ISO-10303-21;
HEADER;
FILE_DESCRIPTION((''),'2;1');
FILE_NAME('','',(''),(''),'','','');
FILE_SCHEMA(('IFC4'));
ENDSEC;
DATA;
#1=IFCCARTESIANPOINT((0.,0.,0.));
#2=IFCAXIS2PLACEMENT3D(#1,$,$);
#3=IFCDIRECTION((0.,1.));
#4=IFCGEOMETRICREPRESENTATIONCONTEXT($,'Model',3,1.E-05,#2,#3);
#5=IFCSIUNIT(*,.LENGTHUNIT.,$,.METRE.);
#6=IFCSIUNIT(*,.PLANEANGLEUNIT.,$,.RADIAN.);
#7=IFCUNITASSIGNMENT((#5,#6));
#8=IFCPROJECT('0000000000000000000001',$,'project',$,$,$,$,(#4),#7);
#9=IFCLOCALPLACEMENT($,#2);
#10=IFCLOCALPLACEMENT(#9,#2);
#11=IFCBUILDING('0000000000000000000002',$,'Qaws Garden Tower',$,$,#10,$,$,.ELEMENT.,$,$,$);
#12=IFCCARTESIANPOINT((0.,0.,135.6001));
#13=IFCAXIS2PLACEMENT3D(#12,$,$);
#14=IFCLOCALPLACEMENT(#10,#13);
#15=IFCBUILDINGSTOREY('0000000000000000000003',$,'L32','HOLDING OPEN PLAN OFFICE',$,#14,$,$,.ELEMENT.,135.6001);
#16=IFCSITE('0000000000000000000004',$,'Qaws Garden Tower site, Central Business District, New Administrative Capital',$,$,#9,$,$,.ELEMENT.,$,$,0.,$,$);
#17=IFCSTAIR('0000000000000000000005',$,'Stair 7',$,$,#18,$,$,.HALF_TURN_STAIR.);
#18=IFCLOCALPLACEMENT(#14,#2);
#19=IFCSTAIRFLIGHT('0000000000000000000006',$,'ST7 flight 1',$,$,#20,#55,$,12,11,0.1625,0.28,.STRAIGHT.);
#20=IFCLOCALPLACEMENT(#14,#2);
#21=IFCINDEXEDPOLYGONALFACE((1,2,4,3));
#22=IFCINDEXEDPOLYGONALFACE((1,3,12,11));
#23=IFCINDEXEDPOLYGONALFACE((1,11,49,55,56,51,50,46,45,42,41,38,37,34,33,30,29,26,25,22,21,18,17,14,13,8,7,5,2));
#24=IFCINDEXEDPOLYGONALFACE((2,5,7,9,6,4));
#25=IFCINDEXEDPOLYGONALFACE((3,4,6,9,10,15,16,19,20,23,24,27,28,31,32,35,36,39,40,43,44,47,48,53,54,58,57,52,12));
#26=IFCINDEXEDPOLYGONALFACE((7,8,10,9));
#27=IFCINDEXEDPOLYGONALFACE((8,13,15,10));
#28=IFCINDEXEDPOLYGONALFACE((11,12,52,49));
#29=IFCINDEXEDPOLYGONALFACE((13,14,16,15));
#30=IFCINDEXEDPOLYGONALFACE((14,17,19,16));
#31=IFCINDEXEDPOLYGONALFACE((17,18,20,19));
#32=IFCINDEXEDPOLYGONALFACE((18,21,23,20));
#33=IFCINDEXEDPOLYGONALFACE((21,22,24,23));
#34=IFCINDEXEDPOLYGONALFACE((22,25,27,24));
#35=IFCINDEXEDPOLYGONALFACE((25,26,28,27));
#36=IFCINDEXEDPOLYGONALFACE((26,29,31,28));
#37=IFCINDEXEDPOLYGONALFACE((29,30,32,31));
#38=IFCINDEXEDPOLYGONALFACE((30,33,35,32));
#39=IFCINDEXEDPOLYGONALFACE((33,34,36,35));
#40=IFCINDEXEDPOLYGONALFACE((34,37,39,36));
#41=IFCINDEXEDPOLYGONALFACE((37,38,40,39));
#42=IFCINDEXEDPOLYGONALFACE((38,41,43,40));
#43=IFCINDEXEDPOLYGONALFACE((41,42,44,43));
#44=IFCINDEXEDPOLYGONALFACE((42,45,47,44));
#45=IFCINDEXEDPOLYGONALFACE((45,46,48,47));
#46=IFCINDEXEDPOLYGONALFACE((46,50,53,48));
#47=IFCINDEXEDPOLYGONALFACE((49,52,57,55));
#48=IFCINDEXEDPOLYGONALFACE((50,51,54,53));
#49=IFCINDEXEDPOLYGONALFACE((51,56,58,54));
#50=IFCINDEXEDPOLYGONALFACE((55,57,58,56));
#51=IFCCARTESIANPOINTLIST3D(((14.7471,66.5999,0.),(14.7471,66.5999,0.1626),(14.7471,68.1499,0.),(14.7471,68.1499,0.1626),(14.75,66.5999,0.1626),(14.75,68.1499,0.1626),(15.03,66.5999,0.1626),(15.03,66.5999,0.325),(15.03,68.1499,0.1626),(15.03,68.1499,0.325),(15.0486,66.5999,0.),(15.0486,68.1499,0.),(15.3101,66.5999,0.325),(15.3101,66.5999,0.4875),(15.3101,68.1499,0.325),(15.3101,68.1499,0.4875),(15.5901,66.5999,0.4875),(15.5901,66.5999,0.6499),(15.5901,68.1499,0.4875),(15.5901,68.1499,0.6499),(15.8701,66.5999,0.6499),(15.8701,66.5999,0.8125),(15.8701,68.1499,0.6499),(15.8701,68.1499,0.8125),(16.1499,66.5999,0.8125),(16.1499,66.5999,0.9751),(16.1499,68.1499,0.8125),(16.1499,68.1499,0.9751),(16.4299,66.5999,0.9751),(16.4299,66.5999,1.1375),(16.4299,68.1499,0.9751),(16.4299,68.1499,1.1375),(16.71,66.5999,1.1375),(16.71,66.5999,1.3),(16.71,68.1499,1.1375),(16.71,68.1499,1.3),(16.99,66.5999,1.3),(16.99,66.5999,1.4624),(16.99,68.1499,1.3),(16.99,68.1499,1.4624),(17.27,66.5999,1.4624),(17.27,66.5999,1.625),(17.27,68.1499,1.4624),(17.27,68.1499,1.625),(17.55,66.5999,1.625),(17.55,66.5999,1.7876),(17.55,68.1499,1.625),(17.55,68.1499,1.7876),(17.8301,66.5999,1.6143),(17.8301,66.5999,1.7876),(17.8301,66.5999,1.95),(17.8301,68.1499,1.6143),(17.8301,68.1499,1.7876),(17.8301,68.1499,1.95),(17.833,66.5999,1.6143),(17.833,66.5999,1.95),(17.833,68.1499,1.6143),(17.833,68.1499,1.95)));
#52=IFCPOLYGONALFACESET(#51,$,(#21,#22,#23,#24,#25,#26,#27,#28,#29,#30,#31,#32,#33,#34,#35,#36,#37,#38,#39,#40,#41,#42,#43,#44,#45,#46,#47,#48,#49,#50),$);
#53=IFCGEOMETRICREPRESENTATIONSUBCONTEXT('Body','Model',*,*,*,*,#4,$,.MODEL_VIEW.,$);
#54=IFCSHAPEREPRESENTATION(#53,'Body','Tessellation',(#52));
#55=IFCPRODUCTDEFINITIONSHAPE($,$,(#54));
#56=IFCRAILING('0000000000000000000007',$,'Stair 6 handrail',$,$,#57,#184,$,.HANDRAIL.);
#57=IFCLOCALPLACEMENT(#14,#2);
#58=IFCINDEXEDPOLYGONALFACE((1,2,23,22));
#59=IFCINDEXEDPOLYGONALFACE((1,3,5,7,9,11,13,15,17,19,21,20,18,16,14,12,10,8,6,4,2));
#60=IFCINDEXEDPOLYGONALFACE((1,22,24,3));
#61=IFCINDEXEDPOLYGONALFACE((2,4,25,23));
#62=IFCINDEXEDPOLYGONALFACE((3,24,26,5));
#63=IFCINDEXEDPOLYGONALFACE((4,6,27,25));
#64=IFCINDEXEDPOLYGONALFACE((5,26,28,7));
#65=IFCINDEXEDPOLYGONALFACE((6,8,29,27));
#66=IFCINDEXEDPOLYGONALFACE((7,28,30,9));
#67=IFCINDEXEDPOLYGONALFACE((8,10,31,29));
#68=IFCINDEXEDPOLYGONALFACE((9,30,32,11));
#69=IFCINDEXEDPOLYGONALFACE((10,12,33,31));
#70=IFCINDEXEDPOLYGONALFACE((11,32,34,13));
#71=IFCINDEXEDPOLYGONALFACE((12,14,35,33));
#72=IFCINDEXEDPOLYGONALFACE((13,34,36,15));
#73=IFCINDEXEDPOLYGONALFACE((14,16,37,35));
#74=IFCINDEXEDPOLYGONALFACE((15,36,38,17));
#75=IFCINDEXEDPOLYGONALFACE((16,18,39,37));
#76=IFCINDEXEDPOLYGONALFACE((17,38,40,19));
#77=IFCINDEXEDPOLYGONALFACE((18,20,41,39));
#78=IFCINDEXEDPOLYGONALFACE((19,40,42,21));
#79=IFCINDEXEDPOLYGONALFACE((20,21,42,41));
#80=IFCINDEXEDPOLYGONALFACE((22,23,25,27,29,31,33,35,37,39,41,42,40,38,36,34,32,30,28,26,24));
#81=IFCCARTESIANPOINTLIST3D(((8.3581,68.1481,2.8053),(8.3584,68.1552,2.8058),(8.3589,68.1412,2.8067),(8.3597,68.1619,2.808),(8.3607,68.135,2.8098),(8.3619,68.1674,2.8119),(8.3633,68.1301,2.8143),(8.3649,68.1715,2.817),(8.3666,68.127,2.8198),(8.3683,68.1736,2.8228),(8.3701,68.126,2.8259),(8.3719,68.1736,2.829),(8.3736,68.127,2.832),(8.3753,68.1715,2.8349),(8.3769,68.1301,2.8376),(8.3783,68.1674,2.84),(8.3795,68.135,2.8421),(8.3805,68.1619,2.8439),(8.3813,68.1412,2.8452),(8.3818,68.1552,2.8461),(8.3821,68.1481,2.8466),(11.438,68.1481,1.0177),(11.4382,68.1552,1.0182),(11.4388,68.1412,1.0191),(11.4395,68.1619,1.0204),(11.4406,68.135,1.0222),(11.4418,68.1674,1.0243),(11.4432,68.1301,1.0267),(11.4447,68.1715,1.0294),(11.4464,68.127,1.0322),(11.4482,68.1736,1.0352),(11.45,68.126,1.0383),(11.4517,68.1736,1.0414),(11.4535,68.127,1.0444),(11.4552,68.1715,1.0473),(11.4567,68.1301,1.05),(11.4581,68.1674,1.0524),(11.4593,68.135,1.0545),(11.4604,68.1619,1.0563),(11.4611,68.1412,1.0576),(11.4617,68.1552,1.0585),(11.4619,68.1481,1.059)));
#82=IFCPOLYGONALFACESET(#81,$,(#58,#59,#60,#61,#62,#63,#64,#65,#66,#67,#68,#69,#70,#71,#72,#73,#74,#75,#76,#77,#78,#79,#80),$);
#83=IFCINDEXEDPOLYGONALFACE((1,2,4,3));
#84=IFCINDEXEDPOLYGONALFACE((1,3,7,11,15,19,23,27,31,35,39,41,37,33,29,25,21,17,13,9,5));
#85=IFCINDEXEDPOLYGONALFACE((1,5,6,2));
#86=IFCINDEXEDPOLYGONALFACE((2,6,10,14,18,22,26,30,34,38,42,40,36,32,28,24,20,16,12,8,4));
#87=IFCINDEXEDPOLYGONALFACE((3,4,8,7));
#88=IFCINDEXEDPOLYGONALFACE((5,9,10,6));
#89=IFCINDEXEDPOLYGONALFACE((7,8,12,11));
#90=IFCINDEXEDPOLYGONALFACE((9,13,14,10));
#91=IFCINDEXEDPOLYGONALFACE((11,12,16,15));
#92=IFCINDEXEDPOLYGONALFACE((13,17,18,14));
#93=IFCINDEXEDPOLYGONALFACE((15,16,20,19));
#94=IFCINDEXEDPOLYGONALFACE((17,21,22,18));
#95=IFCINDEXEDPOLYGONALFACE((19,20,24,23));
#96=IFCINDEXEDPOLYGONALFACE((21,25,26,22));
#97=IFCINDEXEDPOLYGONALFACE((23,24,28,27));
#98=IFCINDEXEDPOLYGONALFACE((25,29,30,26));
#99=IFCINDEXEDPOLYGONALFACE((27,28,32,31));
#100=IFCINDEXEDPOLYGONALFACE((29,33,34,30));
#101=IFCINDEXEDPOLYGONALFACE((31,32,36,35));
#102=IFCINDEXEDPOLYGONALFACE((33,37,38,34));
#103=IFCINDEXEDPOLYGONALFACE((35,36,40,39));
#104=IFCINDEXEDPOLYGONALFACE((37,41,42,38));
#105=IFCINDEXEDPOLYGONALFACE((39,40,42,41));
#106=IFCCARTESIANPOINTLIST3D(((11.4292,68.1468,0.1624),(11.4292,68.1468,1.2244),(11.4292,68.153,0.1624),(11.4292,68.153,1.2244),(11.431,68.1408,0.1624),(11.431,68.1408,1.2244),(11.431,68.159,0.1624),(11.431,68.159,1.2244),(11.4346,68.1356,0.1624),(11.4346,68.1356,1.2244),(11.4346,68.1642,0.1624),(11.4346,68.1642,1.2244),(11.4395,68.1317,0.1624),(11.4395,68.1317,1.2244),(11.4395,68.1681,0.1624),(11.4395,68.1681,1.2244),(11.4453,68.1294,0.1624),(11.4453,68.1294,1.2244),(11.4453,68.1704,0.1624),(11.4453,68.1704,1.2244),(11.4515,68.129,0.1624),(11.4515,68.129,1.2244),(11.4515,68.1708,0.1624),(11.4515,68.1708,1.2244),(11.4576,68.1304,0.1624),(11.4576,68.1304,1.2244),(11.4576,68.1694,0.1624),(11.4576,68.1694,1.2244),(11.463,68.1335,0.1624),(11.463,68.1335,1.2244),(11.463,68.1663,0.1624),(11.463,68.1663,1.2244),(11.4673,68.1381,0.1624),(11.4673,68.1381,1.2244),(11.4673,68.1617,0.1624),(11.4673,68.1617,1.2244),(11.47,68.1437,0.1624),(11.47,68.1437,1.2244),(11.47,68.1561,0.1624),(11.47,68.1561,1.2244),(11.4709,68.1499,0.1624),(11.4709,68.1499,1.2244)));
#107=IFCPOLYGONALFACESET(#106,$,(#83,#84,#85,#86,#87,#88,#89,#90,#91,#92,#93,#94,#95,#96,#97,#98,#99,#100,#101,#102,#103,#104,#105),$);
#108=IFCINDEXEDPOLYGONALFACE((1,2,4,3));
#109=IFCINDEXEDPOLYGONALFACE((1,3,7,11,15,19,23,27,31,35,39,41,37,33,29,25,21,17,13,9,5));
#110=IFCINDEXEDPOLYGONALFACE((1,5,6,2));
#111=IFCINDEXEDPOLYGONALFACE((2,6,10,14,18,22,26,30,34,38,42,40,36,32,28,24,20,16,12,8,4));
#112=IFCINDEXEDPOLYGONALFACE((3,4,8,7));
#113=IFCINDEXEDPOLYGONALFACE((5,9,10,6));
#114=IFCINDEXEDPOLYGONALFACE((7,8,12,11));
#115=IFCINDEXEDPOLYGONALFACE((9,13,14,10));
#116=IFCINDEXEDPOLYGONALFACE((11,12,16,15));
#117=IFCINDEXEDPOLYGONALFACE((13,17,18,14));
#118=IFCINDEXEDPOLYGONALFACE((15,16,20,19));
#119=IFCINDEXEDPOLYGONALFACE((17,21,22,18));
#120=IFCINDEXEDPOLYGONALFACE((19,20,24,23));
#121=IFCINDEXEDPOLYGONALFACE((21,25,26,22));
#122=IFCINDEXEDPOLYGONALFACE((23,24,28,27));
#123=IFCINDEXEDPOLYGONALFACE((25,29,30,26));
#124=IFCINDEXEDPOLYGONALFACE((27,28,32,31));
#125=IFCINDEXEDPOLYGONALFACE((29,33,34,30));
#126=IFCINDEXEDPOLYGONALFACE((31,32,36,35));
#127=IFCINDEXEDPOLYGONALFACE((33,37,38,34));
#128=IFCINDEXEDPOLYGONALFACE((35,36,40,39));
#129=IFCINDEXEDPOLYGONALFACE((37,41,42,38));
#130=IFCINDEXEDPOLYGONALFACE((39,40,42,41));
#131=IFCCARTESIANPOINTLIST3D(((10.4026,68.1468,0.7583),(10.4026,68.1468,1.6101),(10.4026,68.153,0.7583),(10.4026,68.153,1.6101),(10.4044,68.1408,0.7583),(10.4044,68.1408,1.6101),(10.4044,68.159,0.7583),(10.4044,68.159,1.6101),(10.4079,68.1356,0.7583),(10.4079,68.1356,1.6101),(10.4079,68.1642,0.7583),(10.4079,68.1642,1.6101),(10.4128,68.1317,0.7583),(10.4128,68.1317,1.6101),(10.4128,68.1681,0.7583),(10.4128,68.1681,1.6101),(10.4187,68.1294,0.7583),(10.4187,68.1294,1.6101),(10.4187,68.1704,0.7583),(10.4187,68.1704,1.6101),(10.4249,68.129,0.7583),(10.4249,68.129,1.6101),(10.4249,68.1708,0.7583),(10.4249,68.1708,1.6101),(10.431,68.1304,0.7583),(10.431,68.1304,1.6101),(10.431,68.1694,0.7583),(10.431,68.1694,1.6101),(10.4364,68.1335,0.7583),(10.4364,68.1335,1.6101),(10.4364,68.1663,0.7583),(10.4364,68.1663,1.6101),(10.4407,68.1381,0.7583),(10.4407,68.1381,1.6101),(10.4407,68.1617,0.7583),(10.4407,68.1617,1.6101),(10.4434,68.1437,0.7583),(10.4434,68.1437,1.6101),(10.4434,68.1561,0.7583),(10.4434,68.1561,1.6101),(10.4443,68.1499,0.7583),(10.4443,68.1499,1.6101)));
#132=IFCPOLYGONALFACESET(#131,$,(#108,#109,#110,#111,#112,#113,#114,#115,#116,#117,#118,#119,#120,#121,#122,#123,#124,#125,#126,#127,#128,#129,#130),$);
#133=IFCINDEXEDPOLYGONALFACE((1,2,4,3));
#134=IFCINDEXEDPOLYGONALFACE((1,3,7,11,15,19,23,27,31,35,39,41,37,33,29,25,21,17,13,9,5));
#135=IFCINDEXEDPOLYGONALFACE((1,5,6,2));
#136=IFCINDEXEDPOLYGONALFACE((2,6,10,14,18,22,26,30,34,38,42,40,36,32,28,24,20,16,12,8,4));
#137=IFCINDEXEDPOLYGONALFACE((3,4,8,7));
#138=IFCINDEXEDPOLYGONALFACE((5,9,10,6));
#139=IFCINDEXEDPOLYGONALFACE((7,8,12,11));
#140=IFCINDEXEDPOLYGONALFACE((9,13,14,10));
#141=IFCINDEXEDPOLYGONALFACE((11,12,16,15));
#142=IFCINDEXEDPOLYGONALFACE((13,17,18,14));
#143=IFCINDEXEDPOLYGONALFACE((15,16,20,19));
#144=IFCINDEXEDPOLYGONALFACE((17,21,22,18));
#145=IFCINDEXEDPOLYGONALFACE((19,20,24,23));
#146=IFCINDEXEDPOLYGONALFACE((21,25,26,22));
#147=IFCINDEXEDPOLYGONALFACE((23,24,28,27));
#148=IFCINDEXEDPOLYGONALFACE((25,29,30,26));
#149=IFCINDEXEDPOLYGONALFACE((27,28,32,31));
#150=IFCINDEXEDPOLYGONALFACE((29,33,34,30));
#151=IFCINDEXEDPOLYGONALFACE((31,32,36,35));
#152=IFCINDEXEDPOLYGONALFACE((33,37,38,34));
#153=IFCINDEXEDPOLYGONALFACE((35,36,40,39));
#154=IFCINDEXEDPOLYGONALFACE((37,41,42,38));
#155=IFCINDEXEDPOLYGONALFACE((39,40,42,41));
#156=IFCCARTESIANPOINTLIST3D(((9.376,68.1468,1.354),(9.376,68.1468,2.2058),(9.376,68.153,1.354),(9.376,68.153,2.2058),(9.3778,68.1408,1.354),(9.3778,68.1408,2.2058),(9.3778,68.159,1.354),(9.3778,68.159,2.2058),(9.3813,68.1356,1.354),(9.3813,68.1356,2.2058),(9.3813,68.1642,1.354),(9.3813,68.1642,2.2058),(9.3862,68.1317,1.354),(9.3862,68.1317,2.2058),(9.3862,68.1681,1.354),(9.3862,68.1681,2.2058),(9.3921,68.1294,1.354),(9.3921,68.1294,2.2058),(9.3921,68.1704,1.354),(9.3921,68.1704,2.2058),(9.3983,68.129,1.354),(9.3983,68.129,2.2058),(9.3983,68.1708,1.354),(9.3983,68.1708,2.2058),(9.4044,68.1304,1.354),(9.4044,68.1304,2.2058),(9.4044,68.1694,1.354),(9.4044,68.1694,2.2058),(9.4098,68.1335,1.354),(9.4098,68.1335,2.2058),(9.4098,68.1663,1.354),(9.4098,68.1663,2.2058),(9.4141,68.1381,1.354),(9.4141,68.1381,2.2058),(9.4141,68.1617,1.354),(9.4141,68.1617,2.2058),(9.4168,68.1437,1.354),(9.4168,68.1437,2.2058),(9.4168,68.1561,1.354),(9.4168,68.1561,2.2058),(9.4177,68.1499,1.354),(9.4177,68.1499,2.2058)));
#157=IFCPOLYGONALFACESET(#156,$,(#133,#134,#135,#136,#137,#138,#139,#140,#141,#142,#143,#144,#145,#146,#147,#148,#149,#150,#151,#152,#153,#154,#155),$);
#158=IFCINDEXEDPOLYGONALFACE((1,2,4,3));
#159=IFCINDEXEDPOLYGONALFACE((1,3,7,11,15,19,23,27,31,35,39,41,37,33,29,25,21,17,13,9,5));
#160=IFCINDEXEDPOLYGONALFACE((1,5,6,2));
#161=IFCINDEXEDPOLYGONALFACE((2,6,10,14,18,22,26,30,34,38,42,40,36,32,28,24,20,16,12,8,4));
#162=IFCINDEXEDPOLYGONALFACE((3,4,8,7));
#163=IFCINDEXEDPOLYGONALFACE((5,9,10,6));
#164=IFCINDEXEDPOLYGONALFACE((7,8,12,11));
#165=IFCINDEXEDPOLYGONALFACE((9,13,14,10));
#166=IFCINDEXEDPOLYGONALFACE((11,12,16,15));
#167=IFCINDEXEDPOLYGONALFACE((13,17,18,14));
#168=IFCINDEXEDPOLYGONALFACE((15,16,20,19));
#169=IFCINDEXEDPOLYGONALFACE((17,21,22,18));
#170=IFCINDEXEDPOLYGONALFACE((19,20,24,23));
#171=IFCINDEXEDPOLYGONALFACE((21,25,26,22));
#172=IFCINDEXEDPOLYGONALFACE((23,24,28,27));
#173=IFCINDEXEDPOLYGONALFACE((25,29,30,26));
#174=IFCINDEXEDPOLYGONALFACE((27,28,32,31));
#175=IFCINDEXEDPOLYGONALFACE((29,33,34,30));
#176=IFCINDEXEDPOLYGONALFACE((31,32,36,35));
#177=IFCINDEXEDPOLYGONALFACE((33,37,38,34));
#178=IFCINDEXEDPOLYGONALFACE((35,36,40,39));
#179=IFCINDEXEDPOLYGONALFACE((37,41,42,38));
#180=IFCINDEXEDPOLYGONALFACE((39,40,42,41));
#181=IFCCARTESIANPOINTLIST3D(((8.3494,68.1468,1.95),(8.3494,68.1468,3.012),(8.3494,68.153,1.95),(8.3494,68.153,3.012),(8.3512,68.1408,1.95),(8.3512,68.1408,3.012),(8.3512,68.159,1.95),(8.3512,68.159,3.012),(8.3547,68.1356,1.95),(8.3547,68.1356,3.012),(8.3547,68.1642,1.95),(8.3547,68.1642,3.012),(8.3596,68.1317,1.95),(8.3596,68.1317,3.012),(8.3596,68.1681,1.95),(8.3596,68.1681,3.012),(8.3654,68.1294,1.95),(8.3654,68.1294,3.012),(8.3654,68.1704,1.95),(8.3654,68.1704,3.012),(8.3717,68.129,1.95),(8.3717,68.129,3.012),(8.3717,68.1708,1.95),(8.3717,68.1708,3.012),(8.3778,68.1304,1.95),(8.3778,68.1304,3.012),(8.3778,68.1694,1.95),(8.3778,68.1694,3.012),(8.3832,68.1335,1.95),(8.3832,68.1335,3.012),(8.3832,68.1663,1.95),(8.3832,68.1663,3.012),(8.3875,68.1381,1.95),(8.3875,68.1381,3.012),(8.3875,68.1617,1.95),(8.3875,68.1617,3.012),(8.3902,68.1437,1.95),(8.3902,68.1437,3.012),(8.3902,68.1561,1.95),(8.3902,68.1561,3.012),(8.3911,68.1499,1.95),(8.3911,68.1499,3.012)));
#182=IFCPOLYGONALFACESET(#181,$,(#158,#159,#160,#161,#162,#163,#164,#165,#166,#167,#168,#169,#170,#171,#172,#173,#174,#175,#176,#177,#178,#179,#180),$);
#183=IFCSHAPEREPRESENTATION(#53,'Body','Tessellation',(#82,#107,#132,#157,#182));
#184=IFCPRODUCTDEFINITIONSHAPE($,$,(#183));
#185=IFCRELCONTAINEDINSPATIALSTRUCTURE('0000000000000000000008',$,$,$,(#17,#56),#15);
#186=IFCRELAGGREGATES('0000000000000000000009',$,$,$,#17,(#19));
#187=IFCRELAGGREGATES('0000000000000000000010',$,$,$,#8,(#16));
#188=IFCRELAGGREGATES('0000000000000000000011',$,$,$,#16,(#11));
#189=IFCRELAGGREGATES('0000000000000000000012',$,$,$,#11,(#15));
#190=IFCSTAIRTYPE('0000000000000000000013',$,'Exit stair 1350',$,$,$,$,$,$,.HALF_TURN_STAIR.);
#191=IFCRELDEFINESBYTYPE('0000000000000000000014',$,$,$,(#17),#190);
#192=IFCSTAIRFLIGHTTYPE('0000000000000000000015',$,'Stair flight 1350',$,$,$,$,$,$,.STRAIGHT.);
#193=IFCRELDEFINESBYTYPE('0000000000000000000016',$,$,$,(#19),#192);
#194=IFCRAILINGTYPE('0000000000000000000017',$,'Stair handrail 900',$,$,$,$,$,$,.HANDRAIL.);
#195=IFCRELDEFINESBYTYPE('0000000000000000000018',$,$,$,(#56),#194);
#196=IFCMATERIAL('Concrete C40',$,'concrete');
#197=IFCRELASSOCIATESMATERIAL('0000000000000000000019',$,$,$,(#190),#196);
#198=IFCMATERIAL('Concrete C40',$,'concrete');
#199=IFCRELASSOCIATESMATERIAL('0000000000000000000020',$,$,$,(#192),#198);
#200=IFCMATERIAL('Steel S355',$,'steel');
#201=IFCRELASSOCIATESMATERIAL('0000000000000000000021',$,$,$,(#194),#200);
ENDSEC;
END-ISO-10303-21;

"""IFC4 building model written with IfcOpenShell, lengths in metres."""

from ifc_helpers import new_model, si_unit, direction, frame, origin, origin_2d, place, context, subcontext, project, spatial, polyline, circle, outline, extrude, material, type_object, element, aggregate, save


model = new_model("IFC4")

# Units and contexts
model_context = context("Model", 3, precision=1e-05, world=origin(), true_north=direction((0.0, 1.0)))
body_context = subcontext(model_context, "Body", "Model", "MODEL_VIEW")
ifc_project = project(units=[si_unit("LENGTHUNIT", "METRE"), si_unit("PLANEANGLEUNIT", "RADIAN")], contexts=[model_context])

# Site, building, storey
site_placement = place(None, origin())
site = spatial("IfcSite", under=ifc_project, at=site_placement, Name="Qaws Garden Tower site, Central Business District, New Administrative Capital", CompositionType="ELEMENT", RefElevation=0.0)
building_placement = place(site_placement, origin())
building = spatial("IfcBuilding", under=site, at=building_placement, Name="Qaws Garden Tower", CompositionType="ELEMENT")
storey_placement = place(building_placement, frame((0.0, 0.0, 135.6001)))
storey = spatial("IfcBuildingStorey", under=building, at=storey_placement, Name="L32", Description="HOLDING OPEN PLAN OFFICE", CompositionType="ELEMENT", Elevation=135.6001)

# Shared definitions
ifc_material_1 = material(Name="Concrete C40", Category="concrete")
stair_type = type_object("IfcStairType", Name="Exit stair 1350", PredefinedType="HALF_TURN_STAIR", material=ifc_material_1)
placement = place(storey_placement, origin())
ifc_material_2 = material(Name="Concrete C40", Category="concrete")
stair_flight_type = type_object("IfcStairFlightType", Name="Stair flight 1350", PredefinedType="STRAIGHT", material=ifc_material_2)

# Stair, stair flight
stair_1 = element("IfcStair", 1, at=placement, inside=storey, type_object=stair_type, Name="Stair 7", PredefinedType="HALF_TURN_STAIR")
stair_flight_1_placement = place(storey_placement, frame((14.75, 67.375, 0.0), z_axis=(0.0, 0.0, 1.0), x_axis=(1.0, 0.0, 0.0)))
stair_flight_1 = element("IfcStairFlight", 2, at=stair_flight_1_placement, type_object=stair_flight_type, Name="ST7 flight 1", NumberOfRisers=12, NumberOfTreads=11, PredefinedType="STRAIGHT", RiserHeight=0.1625, TreadLength=0.28, context=body_context, shape_type="SweptSolid", body=[
    extrude(outline(polyline([(-0.0029, 0.0), (-0.0029, 0.1626), (0.0, 0.1626), (0.28, 0.1626), (0.28, 0.325), (0.5601, 0.325), (0.5601, 0.4875), (0.8401, 0.4875), (0.8401, 0.6499), (1.1201, 0.6499), (1.1201, 0.8125), (1.3999, 0.8125), (1.3999, 0.9751), (1.6799, 0.9751), (1.6799, 1.1375), (1.96, 1.1375), (1.96, 1.3), (2.24, 1.3), (2.24, 1.4624), (2.52, 1.4624), (2.52, 1.625), (2.8, 1.625), (2.8, 1.7876), (3.0801, 1.7876), (3.0801, 1.95), (3.083, 1.95), (3.083, 1.6143), (3.0801, 1.6143), (0.2986, 0.0), (-0.0029, 0.0)])), frame((0.0, 0.7749, 0.0), z_axis=(0.0, -1.0, 0.0), x_axis=(1.0, 0.0, 0.0)), (0.0, 0.0, 1.0), 1.55),
])
aggregate(stair_1, [stair_flight_1])

# Railing
ifc_material_3 = material(Name="Steel S355", Category="steel")
railing_type = type_object("IfcRailingType", Name="Stair handrail 900", PredefinedType="HANDRAIL", material=ifc_material_3)
railing_1_placement = place(storey_placement, frame((11.45, 68.1499, 0.1624)))
element("IfcRailing", 3, at=railing_1_placement, inside=storey, type_object=railing_type, Name="Stair 6 handrail", PredefinedType="HANDRAIL", context=body_context, shape_type="SweptSolid", body=[
    extrude(circle(Radius=0.0239, at=origin_2d()), frame((0.0, 0.0, 0.876), z_axis=(-0.864873, 0.0, 0.50199), x_axis=(0.0, -1.0, 0.0)), (0.0, 0.0, 1.0), 3.561),
    extrude(circle(Radius=0.021, at=origin_2d()), origin(), (0.0, 0.0, 1.0), 1.062),
    extrude(circle(Radius=0.021, at=origin_2d()), frame((-1.0266, 0.0, 0.5959)), (0.0, 0.0, 1.0), 0.8518),
    extrude(circle(Radius=0.021, at=origin_2d()), frame((-2.0532, 0.0, 1.1917)), (0.0, 0.0, 1.0), 0.8518),
    extrude(circle(Radius=0.021, at=origin_2d()), frame((-3.0798, 0.0, 1.7876)), (0.0, 0.0, 1.0), 1.062),
])

save(model, "model.ifc")
